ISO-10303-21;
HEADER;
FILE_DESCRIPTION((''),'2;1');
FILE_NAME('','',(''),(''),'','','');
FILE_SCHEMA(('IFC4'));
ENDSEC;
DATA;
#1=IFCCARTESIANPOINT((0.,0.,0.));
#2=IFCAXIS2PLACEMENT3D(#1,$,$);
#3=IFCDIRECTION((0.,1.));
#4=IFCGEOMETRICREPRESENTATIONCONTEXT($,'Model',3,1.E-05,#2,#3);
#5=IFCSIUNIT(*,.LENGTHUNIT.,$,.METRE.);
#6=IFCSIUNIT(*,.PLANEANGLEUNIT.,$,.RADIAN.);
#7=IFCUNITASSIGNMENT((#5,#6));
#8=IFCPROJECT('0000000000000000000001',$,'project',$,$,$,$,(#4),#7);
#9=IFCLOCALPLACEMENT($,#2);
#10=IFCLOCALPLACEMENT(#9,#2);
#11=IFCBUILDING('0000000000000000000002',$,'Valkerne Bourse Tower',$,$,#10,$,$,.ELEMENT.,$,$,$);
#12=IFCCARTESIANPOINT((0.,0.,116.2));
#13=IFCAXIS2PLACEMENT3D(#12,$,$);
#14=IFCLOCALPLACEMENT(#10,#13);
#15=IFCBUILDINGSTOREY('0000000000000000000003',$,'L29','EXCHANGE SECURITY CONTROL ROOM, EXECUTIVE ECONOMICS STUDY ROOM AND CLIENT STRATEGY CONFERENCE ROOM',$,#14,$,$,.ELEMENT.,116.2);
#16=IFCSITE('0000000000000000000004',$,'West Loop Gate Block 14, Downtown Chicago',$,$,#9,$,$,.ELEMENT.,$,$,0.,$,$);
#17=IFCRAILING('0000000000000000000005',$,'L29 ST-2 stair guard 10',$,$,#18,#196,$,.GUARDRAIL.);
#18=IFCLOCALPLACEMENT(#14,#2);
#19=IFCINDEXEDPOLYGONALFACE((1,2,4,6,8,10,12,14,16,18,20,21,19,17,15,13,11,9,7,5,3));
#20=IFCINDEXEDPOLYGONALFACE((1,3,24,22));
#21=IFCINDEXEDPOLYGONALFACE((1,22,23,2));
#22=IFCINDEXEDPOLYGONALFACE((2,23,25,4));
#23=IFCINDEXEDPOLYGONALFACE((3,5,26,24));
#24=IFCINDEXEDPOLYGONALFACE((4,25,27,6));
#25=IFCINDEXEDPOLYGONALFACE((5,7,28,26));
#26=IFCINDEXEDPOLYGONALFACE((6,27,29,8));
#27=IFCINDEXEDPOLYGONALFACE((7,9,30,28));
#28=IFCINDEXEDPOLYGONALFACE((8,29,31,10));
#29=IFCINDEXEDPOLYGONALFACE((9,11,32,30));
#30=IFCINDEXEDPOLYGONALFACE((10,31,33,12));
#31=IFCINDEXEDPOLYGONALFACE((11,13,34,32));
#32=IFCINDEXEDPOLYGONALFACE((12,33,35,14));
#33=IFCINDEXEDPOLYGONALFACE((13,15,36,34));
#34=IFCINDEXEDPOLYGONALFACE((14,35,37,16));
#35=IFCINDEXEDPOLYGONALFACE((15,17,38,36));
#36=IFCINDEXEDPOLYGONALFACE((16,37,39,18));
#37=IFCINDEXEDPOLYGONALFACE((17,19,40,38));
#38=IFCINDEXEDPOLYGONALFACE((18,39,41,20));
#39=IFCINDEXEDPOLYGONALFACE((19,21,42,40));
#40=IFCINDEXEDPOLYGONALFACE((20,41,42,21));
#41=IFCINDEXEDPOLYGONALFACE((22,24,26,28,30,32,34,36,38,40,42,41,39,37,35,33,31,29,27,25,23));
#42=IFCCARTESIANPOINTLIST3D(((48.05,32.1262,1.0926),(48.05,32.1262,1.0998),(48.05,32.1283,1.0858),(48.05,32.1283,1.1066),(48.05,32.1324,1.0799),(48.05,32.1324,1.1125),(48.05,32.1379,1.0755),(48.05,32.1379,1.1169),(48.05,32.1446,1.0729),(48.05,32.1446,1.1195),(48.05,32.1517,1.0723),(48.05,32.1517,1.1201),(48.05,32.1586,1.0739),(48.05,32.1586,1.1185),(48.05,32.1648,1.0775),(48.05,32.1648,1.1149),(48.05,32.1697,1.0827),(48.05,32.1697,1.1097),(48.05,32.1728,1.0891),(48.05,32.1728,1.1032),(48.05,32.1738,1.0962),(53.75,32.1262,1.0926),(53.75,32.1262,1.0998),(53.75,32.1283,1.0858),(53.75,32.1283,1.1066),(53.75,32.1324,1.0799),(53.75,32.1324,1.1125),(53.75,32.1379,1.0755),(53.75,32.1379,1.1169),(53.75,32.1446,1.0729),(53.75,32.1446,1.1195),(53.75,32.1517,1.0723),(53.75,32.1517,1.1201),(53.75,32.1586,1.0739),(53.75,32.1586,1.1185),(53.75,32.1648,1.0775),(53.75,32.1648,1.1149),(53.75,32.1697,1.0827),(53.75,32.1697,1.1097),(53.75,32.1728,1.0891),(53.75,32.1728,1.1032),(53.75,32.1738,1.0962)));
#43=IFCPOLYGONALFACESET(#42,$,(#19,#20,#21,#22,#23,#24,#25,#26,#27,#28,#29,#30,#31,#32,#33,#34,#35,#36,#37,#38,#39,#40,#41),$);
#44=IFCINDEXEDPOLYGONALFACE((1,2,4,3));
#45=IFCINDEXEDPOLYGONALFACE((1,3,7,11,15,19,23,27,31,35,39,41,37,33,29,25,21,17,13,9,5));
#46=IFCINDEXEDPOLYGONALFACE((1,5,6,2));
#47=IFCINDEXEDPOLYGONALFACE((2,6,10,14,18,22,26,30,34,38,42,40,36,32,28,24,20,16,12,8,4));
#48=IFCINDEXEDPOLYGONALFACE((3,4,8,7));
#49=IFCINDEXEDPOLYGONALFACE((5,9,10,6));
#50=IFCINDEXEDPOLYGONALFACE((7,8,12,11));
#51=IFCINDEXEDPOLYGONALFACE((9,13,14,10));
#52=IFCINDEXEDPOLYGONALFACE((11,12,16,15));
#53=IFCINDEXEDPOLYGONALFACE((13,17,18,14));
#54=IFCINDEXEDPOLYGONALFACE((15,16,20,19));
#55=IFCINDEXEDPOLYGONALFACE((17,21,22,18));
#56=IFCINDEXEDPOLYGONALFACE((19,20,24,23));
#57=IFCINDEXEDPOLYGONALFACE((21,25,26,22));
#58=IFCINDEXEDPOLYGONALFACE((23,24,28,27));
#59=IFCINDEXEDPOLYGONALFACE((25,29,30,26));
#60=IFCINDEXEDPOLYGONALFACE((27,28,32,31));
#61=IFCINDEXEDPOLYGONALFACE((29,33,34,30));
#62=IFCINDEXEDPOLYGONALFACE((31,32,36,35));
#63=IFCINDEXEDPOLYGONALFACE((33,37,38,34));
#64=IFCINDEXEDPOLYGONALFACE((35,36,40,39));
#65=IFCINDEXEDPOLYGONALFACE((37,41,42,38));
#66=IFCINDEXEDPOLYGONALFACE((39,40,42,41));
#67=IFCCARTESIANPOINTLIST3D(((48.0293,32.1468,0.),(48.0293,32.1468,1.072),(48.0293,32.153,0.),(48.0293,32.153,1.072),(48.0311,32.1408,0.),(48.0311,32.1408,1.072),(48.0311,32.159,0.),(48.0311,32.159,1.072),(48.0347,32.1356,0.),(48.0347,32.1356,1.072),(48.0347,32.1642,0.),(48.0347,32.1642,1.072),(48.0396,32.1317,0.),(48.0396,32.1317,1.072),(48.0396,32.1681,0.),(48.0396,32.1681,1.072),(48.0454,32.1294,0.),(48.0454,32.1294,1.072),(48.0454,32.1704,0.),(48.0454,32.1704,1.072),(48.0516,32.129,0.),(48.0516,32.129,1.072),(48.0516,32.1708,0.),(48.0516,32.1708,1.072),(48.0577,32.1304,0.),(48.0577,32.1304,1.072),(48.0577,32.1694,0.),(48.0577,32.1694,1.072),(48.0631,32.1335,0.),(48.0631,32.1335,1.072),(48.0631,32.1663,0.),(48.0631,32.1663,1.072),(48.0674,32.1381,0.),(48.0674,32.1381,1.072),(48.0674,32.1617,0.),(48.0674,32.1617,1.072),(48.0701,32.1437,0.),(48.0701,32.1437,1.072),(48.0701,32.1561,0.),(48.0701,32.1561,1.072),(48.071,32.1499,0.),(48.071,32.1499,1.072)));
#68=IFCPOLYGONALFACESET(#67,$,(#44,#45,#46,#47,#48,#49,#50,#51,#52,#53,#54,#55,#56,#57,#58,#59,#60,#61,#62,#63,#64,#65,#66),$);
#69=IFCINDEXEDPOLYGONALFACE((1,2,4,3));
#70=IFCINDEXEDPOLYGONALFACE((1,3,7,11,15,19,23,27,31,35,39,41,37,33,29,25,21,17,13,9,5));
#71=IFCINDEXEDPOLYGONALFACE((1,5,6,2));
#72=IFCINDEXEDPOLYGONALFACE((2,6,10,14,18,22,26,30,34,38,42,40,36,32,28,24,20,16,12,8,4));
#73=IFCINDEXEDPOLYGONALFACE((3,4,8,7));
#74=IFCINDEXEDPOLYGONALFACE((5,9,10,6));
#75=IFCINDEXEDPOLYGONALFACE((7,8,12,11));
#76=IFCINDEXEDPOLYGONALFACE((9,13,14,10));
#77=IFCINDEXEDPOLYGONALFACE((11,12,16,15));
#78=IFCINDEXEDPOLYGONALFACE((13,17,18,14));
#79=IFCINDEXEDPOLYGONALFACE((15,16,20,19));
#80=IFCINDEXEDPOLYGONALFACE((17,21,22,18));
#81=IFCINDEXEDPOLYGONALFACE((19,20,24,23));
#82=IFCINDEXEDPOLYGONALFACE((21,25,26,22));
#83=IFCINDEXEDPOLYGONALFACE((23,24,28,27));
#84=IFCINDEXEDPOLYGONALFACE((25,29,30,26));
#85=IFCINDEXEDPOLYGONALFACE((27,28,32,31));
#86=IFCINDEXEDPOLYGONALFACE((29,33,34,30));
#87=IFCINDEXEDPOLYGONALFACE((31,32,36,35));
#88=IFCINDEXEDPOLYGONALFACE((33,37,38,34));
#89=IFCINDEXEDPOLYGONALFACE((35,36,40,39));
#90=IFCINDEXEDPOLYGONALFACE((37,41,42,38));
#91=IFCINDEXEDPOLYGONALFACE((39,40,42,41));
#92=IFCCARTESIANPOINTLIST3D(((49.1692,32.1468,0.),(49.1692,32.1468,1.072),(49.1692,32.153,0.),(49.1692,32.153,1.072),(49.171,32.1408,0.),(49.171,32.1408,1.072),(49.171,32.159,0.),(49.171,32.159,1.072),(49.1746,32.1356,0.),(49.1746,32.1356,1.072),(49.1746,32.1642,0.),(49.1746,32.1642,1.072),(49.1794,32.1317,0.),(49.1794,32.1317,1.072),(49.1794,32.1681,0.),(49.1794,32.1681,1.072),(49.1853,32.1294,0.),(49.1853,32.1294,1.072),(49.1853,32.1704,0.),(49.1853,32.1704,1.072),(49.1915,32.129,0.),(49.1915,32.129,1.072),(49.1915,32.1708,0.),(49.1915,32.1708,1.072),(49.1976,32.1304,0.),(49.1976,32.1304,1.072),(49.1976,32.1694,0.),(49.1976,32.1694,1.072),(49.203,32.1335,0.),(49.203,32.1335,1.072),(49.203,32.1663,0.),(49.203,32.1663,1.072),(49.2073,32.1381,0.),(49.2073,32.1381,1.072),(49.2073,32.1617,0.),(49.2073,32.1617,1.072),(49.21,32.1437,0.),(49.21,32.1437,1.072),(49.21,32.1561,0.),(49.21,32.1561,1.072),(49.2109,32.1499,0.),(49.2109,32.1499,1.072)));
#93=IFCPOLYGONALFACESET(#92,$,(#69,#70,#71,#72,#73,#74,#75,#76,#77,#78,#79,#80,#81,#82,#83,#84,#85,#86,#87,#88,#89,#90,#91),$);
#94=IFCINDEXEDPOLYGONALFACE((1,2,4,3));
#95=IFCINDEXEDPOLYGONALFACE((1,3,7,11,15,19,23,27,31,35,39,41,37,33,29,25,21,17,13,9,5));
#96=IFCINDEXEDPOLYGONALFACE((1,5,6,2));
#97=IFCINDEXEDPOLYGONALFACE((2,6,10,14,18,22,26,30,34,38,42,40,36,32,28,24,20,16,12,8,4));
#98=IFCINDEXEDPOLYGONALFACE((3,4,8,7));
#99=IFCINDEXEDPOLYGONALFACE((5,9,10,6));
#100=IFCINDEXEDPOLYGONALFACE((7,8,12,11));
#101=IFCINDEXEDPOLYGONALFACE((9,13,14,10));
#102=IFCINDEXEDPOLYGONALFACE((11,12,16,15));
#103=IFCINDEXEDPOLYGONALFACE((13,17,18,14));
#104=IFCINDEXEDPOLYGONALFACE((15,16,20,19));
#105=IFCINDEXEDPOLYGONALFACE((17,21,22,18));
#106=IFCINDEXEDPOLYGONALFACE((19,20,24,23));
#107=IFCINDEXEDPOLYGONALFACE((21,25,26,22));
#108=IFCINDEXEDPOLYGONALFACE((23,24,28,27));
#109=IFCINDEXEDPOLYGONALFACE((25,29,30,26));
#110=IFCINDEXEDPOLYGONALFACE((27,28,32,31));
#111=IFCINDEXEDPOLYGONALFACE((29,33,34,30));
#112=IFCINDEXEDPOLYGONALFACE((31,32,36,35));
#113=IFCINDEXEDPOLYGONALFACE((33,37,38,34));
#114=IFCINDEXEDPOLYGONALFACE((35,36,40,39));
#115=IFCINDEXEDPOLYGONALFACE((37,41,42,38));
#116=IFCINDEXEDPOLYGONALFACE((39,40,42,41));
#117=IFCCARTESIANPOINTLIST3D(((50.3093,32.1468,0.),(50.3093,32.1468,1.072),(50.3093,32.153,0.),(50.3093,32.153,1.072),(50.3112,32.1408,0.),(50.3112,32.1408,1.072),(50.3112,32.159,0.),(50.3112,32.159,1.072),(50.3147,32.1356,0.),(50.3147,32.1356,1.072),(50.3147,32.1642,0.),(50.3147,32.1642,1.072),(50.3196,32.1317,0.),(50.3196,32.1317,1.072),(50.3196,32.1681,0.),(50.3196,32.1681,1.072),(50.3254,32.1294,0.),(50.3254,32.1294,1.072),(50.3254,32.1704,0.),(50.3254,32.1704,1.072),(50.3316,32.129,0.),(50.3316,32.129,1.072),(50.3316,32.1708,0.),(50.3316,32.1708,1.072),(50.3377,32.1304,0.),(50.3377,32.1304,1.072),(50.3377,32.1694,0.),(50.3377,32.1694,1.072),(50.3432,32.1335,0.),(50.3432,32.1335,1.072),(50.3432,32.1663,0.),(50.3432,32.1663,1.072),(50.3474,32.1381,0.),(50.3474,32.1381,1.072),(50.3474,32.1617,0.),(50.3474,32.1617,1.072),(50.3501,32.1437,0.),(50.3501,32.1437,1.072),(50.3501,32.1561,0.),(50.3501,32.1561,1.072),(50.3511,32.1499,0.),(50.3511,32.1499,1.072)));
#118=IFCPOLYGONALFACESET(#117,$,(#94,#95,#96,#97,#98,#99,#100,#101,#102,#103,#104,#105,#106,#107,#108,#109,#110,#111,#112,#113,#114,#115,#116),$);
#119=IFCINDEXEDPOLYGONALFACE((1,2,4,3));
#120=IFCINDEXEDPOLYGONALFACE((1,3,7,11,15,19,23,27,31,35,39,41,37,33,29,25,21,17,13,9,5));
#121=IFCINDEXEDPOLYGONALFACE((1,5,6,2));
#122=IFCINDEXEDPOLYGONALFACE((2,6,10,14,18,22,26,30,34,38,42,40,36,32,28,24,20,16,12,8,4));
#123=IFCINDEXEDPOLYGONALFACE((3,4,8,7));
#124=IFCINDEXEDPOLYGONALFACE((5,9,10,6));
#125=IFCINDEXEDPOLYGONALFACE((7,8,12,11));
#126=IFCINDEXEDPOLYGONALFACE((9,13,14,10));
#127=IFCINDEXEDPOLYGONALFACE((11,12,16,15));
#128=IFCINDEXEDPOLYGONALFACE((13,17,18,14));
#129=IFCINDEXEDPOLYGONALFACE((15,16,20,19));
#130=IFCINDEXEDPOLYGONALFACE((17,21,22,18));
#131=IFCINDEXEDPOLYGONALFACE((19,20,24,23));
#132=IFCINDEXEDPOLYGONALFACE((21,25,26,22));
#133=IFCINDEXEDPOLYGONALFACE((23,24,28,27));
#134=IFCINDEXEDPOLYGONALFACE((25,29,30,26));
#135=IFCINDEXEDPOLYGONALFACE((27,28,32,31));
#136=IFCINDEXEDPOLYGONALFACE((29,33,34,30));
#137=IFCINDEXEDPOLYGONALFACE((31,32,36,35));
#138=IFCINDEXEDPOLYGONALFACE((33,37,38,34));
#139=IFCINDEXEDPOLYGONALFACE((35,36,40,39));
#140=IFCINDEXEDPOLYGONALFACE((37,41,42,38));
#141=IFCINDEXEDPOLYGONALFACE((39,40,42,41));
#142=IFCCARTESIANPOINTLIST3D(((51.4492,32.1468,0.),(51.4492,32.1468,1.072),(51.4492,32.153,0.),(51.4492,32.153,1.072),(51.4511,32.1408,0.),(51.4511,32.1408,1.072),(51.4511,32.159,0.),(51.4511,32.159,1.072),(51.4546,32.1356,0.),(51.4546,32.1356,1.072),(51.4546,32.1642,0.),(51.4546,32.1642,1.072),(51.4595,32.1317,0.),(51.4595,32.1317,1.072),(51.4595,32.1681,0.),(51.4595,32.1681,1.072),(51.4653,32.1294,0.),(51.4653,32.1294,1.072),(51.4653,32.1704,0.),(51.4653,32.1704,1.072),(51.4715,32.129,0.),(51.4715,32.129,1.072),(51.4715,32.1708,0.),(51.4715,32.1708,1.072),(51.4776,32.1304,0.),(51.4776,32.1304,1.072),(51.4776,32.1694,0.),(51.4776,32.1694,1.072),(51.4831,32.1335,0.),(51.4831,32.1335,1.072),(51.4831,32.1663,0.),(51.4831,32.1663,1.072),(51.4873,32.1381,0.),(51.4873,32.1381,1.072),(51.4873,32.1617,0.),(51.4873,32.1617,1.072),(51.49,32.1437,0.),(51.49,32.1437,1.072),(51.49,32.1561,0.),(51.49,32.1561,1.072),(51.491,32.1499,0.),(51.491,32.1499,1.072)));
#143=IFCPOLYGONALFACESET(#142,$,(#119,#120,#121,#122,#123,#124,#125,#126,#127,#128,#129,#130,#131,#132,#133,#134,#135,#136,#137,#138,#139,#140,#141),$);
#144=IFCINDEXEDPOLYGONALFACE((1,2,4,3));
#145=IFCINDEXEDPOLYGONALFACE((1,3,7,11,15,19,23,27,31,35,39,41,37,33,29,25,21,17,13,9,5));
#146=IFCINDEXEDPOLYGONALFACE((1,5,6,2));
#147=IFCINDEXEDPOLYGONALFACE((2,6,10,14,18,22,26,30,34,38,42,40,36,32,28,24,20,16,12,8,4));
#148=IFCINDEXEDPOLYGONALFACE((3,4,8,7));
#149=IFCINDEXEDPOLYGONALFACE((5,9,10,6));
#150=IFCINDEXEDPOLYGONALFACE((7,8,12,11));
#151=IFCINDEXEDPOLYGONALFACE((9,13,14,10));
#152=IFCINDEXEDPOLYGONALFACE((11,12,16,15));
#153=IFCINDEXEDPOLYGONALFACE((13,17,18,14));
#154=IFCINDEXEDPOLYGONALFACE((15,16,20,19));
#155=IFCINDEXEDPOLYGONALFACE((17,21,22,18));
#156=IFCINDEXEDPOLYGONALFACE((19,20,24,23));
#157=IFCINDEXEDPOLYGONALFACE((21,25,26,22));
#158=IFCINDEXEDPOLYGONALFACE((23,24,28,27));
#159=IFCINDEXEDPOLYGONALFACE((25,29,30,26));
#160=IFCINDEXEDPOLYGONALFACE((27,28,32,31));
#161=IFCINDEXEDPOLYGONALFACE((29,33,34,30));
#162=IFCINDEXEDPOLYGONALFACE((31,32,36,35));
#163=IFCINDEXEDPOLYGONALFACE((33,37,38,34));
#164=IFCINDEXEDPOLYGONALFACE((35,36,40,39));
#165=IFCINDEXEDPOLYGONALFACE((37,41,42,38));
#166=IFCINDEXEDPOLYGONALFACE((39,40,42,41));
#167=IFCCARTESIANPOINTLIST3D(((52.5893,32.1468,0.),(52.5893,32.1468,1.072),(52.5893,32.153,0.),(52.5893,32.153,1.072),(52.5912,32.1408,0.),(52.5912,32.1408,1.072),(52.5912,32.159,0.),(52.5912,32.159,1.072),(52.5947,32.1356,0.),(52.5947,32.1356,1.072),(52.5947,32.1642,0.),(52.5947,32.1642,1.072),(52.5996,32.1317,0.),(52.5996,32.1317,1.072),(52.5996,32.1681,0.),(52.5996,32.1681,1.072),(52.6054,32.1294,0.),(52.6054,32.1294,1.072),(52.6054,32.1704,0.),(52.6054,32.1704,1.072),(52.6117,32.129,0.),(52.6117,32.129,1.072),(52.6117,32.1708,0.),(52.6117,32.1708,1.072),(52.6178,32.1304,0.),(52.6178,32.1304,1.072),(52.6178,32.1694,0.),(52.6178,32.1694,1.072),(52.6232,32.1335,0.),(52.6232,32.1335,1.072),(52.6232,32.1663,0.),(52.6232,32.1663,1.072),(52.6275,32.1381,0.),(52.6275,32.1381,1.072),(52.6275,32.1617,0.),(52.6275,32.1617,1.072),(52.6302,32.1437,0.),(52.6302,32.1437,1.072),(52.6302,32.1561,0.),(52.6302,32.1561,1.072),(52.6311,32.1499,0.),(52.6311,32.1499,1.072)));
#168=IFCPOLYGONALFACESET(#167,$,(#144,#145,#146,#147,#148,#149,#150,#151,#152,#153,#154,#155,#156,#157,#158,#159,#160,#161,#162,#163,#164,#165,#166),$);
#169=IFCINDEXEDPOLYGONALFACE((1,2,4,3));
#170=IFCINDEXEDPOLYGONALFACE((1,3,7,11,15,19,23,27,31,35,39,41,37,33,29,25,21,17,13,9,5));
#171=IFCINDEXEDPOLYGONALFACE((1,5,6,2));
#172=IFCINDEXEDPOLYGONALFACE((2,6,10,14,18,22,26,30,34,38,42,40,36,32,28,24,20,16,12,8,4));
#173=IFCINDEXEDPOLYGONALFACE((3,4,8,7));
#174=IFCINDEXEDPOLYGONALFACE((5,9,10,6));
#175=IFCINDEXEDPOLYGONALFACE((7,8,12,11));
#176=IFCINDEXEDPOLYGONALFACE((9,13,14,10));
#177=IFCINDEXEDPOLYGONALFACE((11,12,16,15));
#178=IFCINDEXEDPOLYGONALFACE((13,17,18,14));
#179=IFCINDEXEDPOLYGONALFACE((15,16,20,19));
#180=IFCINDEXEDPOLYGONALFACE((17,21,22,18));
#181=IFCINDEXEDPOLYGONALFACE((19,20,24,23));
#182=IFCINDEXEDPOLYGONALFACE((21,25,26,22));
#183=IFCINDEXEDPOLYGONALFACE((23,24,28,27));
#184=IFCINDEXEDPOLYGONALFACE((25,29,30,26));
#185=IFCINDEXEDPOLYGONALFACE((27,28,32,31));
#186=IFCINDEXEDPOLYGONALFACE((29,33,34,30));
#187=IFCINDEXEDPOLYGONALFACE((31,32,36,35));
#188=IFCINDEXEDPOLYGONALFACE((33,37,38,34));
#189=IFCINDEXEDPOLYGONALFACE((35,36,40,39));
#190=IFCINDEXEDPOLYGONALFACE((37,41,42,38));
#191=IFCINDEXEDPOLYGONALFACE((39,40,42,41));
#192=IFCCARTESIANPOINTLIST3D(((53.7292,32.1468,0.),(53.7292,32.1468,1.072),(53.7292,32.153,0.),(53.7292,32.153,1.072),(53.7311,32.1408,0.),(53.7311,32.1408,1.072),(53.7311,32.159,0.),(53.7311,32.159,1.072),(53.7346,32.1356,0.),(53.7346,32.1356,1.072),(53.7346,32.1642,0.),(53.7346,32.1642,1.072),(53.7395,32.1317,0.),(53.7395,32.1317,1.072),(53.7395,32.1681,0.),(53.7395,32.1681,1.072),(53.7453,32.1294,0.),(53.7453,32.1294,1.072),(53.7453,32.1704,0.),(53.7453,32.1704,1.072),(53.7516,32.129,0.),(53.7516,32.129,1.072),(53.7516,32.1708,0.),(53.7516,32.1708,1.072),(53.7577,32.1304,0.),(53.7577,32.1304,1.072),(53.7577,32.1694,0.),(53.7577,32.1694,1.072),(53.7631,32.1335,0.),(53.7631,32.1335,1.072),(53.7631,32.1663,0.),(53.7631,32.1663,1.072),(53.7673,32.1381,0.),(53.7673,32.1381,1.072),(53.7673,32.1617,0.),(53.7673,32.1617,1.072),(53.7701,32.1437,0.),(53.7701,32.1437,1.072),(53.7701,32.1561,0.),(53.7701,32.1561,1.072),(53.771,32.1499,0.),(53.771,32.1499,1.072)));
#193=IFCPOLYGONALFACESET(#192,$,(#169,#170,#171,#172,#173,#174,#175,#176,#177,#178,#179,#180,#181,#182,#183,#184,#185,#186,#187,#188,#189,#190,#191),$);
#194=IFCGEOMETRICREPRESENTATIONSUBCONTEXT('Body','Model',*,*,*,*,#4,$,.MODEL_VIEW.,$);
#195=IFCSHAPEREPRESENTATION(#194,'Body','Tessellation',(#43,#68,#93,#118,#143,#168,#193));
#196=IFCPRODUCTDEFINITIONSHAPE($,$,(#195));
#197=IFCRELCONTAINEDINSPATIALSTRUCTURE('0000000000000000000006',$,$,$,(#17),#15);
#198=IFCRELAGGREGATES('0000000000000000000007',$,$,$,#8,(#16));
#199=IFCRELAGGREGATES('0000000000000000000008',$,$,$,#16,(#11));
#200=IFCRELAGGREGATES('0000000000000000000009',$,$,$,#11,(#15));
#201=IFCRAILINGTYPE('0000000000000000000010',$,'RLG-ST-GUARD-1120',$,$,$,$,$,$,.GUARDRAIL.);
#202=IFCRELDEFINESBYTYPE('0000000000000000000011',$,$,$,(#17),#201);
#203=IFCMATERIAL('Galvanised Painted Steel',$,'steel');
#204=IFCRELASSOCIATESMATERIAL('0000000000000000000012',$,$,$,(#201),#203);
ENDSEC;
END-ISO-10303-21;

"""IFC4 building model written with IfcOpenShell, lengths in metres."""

from ifc_helpers import new_model, si_unit, direction, frame, origin, origin_2d, place, context, subcontext, project, spatial, circle, extrude, material, type_object, element, save


model = new_model("IFC4")

# Units and contexts
model_context = context("Model", 3, precision=1e-05, world=origin(), true_north=direction((0.0, 1.0)))
body_context = subcontext(model_context, "Body", "Model", "MODEL_VIEW")
ifc_project = project(units=[si_unit("LENGTHUNIT", "METRE"), si_unit("PLANEANGLEUNIT", "RADIAN")], contexts=[model_context])

# Site, building, storey
site_placement = place(None, origin())
site = spatial("IfcSite", under=ifc_project, at=site_placement, Name="West Loop Gate Block 14, Downtown Chicago", CompositionType="ELEMENT", RefElevation=0.0)
building_placement = place(site_placement, origin())
building = spatial("IfcBuilding", under=site, at=building_placement, Name="Valkerne Bourse Tower", CompositionType="ELEMENT")
storey_placement = place(building_placement, frame((0.0, 0.0, 116.2)))
storey = spatial("IfcBuildingStorey", under=building, at=storey_placement, Name="L29", Description="EXCHANGE SECURITY CONTROL ROOM, EXECUTIVE ECONOMICS STUDY ROOM AND CLIENT STRATEGY CONFERENCE ROOM", CompositionType="ELEMENT", Elevation=116.2)

# Shared definitions
ifc_material_1 = material(Name="Galvanised Painted Steel", Category="steel")

# Railing
railing_type_1 = type_object("IfcRailingType", Name="RLG-ST-GUARD-1120", PredefinedType="GUARDRAIL", material=ifc_material_1)
for number, where, name in (
    (1, (48.05, 32.1499, 0.0), "L29 ST-2 stair guard 10"),
):
    element("IfcRailing", number, at=place(storey_placement, frame(where)), inside=storey, type_object=railing_type_1, Name=name, PredefinedType="GUARDRAIL", context=body_context, shape_type="SweptSolid", body=[
        extrude(circle(Radius=0.0239, at=origin_2d()), frame((0.0, 0.0, 1.0962), z_axis=(1.0, 0.0, 0.0), x_axis=(0.0, 1.0, 0.0)), (0.0, 0.0, 1.0), 5.7),
        extrude(circle(Radius=0.021, at=origin_2d()), origin(), (0.0, 0.0, 1.0), 1.072),
        extrude(circle(Radius=0.021, at=origin_2d()), frame((1.1399, 0.0, 0.0)), (0.0, 0.0, 1.0), 1.072),
        extrude(circle(Radius=0.021, at=origin_2d()), frame((2.28, 0.0, 0.0)), (0.0, 0.0, 1.0), 1.072),
        extrude(circle(Radius=0.021, at=origin_2d()), frame((3.4199, 0.0, 0.0)), (0.0, 0.0, 1.0), 1.072),
        extrude(circle(Radius=0.021, at=origin_2d()), frame((4.5601, 0.0, 0.0)), (0.0, 0.0, 1.0), 1.072),
        extrude(circle(Radius=0.021, at=origin_2d()), frame((5.7, 0.0, 0.0)), (0.0, 0.0, 1.0), 1.072),
    ])

save(model, "model.ifc")
